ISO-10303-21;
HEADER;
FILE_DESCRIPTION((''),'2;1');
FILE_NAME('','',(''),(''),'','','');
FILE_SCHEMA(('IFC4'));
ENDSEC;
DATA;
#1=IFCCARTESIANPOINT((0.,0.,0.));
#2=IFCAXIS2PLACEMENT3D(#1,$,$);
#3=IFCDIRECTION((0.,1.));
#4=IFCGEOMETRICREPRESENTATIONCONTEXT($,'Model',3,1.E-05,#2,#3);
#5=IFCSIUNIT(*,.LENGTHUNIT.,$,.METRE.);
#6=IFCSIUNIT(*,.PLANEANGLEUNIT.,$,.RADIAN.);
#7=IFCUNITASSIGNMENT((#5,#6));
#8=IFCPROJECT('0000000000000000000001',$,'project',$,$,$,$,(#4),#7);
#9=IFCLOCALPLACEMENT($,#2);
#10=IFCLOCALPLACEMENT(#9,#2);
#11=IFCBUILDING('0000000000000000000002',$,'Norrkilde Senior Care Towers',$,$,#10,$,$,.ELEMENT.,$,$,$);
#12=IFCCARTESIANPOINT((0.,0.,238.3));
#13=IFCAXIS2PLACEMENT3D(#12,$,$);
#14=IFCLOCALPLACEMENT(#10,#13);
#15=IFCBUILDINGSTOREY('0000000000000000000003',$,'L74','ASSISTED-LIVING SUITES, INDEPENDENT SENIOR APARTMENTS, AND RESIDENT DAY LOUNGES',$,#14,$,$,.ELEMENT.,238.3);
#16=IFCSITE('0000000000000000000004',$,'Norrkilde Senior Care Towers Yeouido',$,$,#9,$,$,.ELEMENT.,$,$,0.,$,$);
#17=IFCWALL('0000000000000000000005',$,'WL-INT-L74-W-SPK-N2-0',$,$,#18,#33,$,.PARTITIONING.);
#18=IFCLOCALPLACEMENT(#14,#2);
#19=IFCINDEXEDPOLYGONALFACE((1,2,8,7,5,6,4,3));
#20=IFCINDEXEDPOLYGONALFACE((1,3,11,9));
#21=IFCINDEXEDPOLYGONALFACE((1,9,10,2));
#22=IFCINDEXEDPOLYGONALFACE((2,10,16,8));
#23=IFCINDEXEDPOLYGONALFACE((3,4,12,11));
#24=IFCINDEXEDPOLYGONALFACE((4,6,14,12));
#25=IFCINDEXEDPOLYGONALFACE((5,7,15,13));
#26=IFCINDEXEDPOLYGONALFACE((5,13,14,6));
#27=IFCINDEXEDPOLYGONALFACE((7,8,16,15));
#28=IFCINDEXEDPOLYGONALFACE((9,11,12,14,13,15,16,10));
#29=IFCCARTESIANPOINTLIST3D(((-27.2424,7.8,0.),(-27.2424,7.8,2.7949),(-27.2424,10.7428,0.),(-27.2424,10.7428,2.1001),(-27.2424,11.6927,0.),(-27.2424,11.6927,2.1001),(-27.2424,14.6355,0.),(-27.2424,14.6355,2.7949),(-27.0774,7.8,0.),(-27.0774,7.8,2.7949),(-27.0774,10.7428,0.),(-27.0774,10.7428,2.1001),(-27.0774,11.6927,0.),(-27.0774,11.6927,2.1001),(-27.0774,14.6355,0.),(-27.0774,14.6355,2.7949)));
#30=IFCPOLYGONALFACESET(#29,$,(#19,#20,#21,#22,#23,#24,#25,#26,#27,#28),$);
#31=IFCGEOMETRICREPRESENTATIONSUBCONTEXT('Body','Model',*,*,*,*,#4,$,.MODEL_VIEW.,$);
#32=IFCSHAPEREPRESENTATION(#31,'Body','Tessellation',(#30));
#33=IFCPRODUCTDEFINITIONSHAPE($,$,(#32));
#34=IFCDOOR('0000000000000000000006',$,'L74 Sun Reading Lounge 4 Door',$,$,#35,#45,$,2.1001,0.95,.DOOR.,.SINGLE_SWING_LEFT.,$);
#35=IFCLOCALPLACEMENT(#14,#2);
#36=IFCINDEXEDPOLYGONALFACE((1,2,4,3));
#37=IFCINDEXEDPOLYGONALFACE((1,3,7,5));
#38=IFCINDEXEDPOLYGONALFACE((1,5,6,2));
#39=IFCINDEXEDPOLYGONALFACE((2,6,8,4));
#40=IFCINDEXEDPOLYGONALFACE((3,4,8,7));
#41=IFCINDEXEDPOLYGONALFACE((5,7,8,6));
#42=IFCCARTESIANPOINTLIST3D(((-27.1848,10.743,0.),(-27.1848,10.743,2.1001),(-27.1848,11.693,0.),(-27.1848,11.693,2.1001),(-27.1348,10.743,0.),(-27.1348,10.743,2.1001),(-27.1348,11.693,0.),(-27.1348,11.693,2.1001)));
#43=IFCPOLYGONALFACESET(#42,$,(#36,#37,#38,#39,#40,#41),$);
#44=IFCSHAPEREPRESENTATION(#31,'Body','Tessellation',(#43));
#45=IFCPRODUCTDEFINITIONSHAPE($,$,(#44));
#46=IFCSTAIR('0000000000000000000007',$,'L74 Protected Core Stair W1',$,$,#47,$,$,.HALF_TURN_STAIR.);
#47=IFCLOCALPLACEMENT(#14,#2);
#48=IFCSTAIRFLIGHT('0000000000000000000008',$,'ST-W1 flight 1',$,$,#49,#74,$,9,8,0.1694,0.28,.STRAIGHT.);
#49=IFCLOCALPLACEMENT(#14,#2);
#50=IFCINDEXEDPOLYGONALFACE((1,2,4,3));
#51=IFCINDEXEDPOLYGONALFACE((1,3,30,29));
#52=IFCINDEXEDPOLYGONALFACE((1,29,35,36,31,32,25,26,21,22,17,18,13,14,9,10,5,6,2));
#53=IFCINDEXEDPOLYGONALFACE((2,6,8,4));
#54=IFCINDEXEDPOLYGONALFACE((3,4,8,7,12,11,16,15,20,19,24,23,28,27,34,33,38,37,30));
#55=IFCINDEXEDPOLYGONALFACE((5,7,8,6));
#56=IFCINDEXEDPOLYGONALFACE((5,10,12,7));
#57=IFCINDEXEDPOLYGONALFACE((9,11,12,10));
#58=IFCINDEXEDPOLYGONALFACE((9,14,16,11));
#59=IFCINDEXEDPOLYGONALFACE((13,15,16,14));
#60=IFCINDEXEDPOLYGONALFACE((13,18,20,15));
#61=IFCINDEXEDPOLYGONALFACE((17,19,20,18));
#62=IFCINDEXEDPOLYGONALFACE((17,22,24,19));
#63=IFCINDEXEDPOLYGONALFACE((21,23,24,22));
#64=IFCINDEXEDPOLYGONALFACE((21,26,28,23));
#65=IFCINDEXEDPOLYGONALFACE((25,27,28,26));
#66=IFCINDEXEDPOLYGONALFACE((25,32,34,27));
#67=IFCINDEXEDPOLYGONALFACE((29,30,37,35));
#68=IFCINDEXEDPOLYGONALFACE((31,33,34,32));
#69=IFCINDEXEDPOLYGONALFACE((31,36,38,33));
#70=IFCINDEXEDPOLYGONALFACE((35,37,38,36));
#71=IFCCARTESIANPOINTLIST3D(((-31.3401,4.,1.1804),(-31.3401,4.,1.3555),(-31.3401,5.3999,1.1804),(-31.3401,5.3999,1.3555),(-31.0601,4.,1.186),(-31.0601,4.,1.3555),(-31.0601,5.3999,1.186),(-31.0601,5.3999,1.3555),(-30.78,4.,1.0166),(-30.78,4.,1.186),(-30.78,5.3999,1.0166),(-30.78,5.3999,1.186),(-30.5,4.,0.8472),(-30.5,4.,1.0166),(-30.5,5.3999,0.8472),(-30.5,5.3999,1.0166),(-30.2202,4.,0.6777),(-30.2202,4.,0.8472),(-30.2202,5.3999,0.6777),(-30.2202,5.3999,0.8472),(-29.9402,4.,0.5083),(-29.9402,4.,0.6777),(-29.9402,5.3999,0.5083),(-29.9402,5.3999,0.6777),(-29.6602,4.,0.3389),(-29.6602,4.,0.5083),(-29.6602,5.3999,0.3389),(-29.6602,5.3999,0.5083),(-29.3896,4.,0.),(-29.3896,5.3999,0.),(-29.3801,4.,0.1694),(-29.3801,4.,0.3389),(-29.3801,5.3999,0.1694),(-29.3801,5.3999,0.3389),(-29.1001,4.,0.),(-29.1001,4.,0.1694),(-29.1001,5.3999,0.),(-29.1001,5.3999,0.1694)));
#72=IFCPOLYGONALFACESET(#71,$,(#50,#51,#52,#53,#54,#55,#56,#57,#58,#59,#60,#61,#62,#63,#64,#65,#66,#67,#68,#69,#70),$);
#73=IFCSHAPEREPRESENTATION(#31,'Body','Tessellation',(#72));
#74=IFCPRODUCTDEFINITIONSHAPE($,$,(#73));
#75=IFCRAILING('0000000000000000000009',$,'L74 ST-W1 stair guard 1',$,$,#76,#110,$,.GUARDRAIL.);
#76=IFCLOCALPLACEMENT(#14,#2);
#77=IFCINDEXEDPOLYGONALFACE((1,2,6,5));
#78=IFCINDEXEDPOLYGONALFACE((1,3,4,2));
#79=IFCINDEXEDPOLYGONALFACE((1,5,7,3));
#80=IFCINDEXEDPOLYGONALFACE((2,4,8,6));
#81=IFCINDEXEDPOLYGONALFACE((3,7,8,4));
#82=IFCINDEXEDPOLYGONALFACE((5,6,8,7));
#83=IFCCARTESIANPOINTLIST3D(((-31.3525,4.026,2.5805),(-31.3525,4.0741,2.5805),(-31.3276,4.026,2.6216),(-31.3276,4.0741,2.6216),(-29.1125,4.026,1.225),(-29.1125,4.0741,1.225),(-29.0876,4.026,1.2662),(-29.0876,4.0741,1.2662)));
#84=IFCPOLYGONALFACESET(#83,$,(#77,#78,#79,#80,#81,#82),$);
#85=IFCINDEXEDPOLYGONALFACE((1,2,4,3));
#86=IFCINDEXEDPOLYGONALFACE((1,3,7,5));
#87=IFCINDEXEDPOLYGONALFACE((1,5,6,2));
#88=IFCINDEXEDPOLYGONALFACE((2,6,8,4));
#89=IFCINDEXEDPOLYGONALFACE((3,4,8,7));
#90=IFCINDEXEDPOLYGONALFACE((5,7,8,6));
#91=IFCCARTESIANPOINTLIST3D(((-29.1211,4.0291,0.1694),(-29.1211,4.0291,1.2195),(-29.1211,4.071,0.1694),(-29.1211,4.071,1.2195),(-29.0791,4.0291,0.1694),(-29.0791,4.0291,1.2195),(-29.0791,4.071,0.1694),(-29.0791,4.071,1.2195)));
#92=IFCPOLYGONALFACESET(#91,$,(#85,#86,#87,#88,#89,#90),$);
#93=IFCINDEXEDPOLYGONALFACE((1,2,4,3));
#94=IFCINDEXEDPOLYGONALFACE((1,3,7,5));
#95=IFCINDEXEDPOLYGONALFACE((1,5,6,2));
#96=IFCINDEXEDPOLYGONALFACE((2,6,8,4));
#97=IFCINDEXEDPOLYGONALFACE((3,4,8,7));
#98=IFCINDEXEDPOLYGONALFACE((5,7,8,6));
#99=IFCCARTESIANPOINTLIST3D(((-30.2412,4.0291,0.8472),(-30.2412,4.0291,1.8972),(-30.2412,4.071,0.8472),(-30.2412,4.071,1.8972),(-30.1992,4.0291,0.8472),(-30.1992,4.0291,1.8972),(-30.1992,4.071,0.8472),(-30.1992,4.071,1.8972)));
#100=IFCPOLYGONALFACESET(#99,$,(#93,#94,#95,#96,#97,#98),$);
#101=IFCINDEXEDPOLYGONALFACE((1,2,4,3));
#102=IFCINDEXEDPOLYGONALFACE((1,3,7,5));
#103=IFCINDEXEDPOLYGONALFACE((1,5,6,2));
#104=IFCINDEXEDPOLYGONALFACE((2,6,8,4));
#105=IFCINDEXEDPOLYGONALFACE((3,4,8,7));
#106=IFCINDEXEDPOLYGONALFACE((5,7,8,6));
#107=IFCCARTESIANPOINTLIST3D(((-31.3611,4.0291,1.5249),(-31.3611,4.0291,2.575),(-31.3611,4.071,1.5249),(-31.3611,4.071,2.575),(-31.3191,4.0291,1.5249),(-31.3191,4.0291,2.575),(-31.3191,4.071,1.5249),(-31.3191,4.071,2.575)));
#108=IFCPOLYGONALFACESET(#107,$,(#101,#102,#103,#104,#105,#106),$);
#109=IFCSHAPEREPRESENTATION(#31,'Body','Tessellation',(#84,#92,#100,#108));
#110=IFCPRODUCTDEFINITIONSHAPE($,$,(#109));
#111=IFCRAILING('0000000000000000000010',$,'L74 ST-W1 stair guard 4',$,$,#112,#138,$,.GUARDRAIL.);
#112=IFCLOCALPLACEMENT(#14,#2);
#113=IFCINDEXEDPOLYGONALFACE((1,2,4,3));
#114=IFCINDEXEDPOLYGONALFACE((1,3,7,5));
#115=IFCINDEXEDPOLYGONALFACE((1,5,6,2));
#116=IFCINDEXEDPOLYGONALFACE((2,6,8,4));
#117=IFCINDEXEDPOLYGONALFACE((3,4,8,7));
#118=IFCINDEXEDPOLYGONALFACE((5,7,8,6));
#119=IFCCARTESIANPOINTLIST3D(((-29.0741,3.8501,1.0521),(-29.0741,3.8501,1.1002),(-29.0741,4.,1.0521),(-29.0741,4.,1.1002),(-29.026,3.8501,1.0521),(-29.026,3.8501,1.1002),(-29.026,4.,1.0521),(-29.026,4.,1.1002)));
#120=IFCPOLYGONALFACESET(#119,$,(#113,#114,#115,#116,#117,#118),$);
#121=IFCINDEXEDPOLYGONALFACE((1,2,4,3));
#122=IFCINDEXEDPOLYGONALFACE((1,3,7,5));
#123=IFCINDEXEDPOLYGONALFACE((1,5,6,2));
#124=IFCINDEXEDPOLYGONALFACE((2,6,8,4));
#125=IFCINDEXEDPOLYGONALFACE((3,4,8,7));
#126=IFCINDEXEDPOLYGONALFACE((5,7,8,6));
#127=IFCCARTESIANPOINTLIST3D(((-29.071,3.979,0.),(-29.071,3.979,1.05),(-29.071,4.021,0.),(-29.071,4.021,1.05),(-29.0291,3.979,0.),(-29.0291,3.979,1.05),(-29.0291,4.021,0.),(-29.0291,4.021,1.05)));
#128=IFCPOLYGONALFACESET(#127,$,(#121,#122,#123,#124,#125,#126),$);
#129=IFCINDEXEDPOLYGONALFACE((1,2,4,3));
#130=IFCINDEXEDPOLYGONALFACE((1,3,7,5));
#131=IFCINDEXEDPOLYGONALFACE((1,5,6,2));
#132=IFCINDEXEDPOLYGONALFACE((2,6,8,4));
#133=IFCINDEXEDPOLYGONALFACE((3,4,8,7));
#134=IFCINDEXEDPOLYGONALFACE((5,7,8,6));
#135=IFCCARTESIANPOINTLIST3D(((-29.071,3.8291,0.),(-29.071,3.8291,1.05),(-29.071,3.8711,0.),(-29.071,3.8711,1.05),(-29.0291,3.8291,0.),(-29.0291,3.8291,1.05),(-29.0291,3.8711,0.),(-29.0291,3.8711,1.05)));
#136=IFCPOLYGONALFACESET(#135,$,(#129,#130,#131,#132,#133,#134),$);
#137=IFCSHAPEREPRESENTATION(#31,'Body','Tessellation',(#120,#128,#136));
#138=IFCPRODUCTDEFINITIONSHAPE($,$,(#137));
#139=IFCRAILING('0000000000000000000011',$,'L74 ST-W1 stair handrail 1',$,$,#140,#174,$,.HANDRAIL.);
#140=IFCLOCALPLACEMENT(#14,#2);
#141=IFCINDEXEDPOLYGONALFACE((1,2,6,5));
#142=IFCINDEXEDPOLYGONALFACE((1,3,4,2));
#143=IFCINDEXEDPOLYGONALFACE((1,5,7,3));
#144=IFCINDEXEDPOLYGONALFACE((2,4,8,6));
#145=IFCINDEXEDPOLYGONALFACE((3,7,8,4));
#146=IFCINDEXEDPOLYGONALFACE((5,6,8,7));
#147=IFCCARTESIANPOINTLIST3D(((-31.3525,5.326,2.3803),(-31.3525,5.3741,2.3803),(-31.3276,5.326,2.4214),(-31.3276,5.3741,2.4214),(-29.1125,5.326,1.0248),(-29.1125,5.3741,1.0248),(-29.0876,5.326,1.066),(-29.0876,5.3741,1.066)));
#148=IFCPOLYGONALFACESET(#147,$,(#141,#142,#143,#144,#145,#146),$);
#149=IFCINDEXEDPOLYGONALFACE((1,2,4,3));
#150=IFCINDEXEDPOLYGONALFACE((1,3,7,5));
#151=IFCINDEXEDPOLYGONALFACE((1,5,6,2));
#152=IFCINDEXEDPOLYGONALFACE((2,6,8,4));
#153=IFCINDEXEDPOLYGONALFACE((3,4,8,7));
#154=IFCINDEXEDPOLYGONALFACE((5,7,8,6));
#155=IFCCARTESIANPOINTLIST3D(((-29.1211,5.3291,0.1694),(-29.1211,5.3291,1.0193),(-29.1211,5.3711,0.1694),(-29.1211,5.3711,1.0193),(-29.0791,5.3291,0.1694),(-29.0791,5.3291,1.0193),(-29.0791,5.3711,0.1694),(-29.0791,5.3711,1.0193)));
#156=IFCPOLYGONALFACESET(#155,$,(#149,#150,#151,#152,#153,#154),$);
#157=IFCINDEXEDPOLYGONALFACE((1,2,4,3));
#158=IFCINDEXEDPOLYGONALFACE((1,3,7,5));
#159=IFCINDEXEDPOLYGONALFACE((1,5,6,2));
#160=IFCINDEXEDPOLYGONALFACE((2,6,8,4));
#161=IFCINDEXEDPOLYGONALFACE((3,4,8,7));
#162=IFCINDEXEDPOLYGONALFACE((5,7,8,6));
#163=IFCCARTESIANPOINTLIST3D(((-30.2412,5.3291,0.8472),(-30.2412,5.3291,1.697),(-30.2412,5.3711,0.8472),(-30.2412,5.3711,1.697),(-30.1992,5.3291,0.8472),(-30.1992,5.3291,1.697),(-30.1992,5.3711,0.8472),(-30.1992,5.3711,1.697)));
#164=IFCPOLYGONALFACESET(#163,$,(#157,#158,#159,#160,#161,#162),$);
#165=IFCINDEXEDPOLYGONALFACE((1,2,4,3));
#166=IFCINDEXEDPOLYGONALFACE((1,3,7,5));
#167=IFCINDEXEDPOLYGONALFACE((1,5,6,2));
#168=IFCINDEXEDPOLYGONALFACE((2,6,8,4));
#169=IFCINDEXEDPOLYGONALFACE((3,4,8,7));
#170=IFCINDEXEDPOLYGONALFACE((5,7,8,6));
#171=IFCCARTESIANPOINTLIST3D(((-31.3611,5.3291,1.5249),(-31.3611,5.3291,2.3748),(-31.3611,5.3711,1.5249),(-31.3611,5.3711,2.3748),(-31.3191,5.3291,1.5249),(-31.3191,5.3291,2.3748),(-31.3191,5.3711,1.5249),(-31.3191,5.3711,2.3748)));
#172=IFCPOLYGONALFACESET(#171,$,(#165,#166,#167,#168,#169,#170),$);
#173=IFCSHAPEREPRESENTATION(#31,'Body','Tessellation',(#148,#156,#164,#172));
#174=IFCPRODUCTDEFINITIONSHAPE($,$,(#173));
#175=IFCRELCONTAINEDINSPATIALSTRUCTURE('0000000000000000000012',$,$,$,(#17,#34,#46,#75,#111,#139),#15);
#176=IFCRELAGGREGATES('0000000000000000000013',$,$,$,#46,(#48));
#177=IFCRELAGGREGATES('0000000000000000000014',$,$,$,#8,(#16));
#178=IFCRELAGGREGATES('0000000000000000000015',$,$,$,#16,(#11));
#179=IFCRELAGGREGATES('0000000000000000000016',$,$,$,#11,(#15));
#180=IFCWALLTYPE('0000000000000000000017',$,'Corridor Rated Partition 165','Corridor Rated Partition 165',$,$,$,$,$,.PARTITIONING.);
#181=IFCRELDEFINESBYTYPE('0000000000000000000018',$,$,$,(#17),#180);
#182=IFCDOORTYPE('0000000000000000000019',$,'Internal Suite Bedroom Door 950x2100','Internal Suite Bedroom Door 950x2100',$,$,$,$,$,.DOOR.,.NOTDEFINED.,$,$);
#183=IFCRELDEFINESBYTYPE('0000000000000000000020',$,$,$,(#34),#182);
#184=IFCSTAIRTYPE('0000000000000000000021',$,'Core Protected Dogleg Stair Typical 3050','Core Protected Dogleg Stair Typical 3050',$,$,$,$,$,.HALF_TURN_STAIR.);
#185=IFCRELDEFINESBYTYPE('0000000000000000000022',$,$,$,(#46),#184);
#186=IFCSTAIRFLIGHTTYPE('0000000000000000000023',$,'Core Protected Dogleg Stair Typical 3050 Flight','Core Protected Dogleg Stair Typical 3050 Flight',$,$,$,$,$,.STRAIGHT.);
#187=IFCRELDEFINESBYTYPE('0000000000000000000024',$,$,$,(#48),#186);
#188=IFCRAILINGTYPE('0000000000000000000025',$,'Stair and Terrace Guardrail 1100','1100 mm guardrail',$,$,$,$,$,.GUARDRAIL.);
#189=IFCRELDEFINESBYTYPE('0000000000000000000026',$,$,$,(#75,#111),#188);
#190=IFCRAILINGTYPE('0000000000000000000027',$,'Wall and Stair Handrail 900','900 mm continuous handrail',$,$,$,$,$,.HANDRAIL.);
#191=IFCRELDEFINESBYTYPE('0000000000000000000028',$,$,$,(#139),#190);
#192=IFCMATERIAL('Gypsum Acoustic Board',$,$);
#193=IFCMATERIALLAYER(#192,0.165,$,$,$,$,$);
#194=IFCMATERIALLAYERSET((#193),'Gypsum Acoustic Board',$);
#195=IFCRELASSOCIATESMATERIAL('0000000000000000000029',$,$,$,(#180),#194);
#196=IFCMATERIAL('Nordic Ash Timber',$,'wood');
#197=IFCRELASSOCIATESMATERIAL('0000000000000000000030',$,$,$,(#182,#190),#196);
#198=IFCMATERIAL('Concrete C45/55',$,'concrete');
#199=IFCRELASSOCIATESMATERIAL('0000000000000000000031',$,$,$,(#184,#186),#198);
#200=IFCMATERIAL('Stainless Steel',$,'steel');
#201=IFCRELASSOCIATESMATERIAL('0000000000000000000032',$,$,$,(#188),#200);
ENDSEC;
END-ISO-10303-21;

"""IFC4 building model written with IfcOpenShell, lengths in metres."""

from ifc_helpers import new_model, si_unit, direction, frame, frame_2d, origin, origin_2d, place, context, subcontext, project, spatial, polyline, rectangle, outline, extrude, source, transform, mapped, material, layer, layer_set, type_object, type_shapes, element, fill, aggregate, save


model = new_model("IFC4")

# Units and contexts
model_context = context("Model", 3, precision=1e-05, world=origin(), true_north=direction((0.0, 1.0)))
body_context = subcontext(model_context, "Body", "Model", "MODEL_VIEW")
ifc_project = project(units=[si_unit("LENGTHUNIT", "METRE"), si_unit("PLANEANGLEUNIT", "RADIAN")], contexts=[model_context])

# Site, building, storey
site_placement = place(None, origin())
site = spatial("IfcSite", under=ifc_project, at=site_placement, Name="Norrkilde Senior Care Towers Yeouido", CompositionType="ELEMENT", RefElevation=0.0)
building_placement = place(site_placement, origin())
building = spatial("IfcBuilding", under=site, at=building_placement, Name="Norrkilde Senior Care Towers", CompositionType="ELEMENT")
storey_placement = place(building_placement, frame((0.0, 0.0, 238.3)))
storey = spatial("IfcBuildingStorey", under=building, at=storey_placement, Name="L74", Description="ASSISTED-LIVING SUITES, INDEPENDENT SENIOR APARTMENTS, AND RESIDENT DAY LOUNGES", CompositionType="ELEMENT", Elevation=238.3)

# Shared definitions
ifc_material_1 = material(Name="Concrete C45/55", Category="concrete")
ifc_material_2 = material(Name="Stainless Steel", Category="steel")

# Shared definitions
ifc_material_3 = material(Name="Gypsum Acoustic Board")
ifc_layer_1 = layer(ifc_material_3, 0.165)
ifc_layer_set_1 = layer_set([ifc_layer_1], Name="Gypsum Acoustic Board")
wall_type_1 = type_object("IfcWallType", Name="Corridor Rated Partition 165", Description="Corridor Rated Partition 165", PredefinedType="PARTITIONING", material=ifc_layer_set_1)
ifc_material_4 = material(Name="Nordic Ash Timber", Category="wood")

# Wall, opening, door
shared_shape_1 = source(origin(), body_context, "Body", "SweptSolid", [
    extrude(rectangle(XDim=6.8354, YDim=0.165, at=frame_2d((3.4177, 0.0))), origin(), (0.0, 0.0, 1.0), 2.7949),
])
door_type_1 = type_object("IfcDoorType", Name="Internal Suite Bedroom Door 950x2100", Description="Internal Suite Bedroom Door 950x2100", OperationType="NOTDEFINED", PredefinedType="DOOR", material=ifc_material_4)
shared_shape_2 = source(origin(), body_context, "Body", "SweptSolid", [
    extrude(rectangle(XDim=0.95, YDim=2.1001, at=frame_2d((0.4751, 1.05))), frame((0.0, 0.0249, 0.0), z_axis=(0.0, -1.0, 0.0), x_axis=(1.0, 0.0, 0.0)), (0.0, 0.0, 1.0), 0.05),
])
type_shapes(door_type_1, [shared_shape_2])
wall_1_placement = place(storey_placement, frame((-27.1599, 14.6355, 0.0), z_axis=(0.0, 0.0, 1.0), x_axis=(0.0, -1.0, 0.0)))
wall_1 = element("IfcWall", 1, at=wall_1_placement, inside=storey, type_object=wall_type_1, Name="WL-INT-L74-W-SPK-N2-0", PredefinedType="PARTITIONING", context=body_context, shape_type="MappedRepresentation", body=[
    mapped(shared_shape_1, transform((0.0, 0.0, 0.0), x_axis=(1.0, 0.0, 0.0), y_axis=(0.0, 1.0, 0.0), z_axis=(0.0, 0.0, 1.0), scale=1.0)),
])
opening_1_placement = place(wall_1_placement, frame((2.9426, 0.0, 0.0)))
opening_1 = element("IfcOpeningElement", 2, at=opening_1_placement, cuts=wall_1, PredefinedType="OPENING", context=body_context, shape_type="SweptSolid", body=[
    extrude(rectangle(XDim=0.95, YDim=2.1001, at=frame_2d((0.4751, 1.05))), frame((0.0, 0.0925, 0.0), z_axis=(0.0, -1.0, 0.0), x_axis=(1.0, 0.0, 0.0)), (0.0, 0.0, 1.0), 0.1851),
])
door_1_placement = place(opening_1_placement, frame((0.95, 0.0, 0.0), z_axis=(0.0, 0.0, 1.0), x_axis=(-1.0, 0.0, 0.0)))
door_1 = element("IfcDoor", 3, at=door_1_placement, inside=storey, type_object=door_type_1, Name="L74 Sun Reading Lounge 4 Door", OperationType="SINGLE_SWING_LEFT", OverallHeight=2.1001, OverallWidth=0.95, PredefinedType="DOOR", context=body_context, shape_type="MappedRepresentation", body=[
    mapped(shared_shape_2, transform((0.0, 0.0, 0.0), x_axis=(1.0, 0.0, 0.0), y_axis=(0.0, 1.0, 0.0), z_axis=(0.0, 0.0, 1.0), scale=1.0)),
])
fill(opening_1, door_1)

# Stair, stair flight
stair_type = type_object("IfcStairType", Name="Core Protected Dogleg Stair Typical 3050", Description="Core Protected Dogleg Stair Typical 3050", PredefinedType="HALF_TURN_STAIR", material=ifc_material_1)
stair_placement = place(storey_placement, origin())
stair = element("IfcStair", 4, at=stair_placement, inside=storey, type_object=stair_type, Name="L74 Protected Core Stair W1", PredefinedType="HALF_TURN_STAIR")
stair_flight_type = type_object("IfcStairFlightType", Name="Core Protected Dogleg Stair Typical 3050 Flight", Description="Core Protected Dogleg Stair Typical 3050 Flight", PredefinedType="STRAIGHT", material=ifc_material_1)
stair_flight_placement = place(storey_placement, frame((-29.1001, 4.7, 0.0), z_axis=(0.0, 0.0, 1.0), x_axis=(-1.0, 0.0, 0.0)))
stair_flight = element("IfcStairFlight", 5, at=stair_flight_placement, type_object=stair_flight_type, Name="ST-W1 flight 1", NumberOfRisers=9, NumberOfTreads=8, PredefinedType="STRAIGHT", RiserHeight=0.1694, TreadLength=0.28, context=body_context, shape_type="SweptSolid", body=[
    extrude(outline(polyline([(0.0, 0.0), (0.0, 0.1694), (0.28, 0.1694), (0.28, 0.3389), (0.5601, 0.3389), (0.5601, 0.5083), (0.8401, 0.5083), (0.8401, 0.6777), (1.1201, 0.6777), (1.1201, 0.8472), (1.3999, 0.8472), (1.3999, 1.0166), (1.6799, 1.0166), (1.6799, 1.186), (1.96, 1.186), (1.96, 1.3555), (2.24, 1.3555), (2.24, 1.5249), (2.24, 1.1804), (0.2896, 0.0), (0.0, 0.0)])), frame((0.0, 0.7, 0.0), z_axis=(0.0, -1.0, 0.0), x_axis=(1.0, 0.0, 0.0)), (0.0, 0.0, 1.0), 1.3999),
])
aggregate(stair, [stair_flight])

# Railings
railing_type_1 = type_object("IfcRailingType", Name="Stair and Terrace Guardrail 1100", Description="1100 mm guardrail", PredefinedType="GUARDRAIL", material=ifc_material_2)
railing_1_placement = place(storey_placement, frame((-29.1001, 4.05, 0.1694)))
element("IfcRailing", 6, at=railing_1_placement, inside=storey, type_object=railing_type_1, Name="L74 ST-W1 stair guard 1", PredefinedType="GUARDRAIL", context=body_context, shape_type="SweptSolid", body=[
    extrude(rectangle(XDim=0.0481, YDim=0.0481, at=origin_2d()), frame((0.0, 0.0, 1.0762), z_axis=(-0.855553, 0.0, 0.517715), x_axis=(0.0, -1.0, 0.0)), (0.0, 0.0, 1.0), 2.6182),
    extrude(rectangle(XDim=0.042, YDim=0.042, at=origin_2d()), origin(), (0.0, 0.0, 1.0), 1.05),
    extrude(rectangle(XDim=0.042, YDim=0.042, at=origin_2d()), frame((-1.1201, 0.0, 0.6777)), (0.0, 0.0, 1.0), 1.05),
    extrude(rectangle(XDim=0.042, YDim=0.042, at=origin_2d()), frame((-2.24, 0.0, 1.3555)), (0.0, 0.0, 1.0), 1.05),
])
railing_2_placement = place(storey_placement, frame((-29.05, 4.0, 0.0)))
element("IfcRailing", 7, at=railing_2_placement, inside=storey, type_object=railing_type_1, Name="L74 ST-W1 stair guard 4", PredefinedType="GUARDRAIL", context=body_context, shape_type="SweptSolid", body=[
    extrude(rectangle(XDim=0.0481, YDim=0.0481, at=origin_2d()), frame((0.0, 0.0, 1.0762), z_axis=(0.0, -1.0, 0.0), x_axis=(1.0, 0.0, 0.0)), (0.0, 0.0, 1.0), 0.1499),
    extrude(rectangle(XDim=0.042, YDim=0.042, at=origin_2d()), origin(), (0.0, 0.0, 1.0), 1.05),
    extrude(rectangle(XDim=0.042, YDim=0.042, at=origin_2d()), frame((0.0, -0.1499, 0.0)), (0.0, 0.0, 1.0), 1.05),
])
railing_type_2 = type_object("IfcRailingType", Name="Wall and Stair Handrail 900", Description="900 mm continuous handrail", PredefinedType="HANDRAIL", material=ifc_material_4)
railing_3_placement = place(storey_placement, frame((-29.1001, 5.3501, 0.1694)))
element("IfcRailing", 8, at=railing_3_placement, inside=storey, type_object=railing_type_2, Name="L74 ST-W1 stair handrail 1", PredefinedType="HANDRAIL", context=body_context, shape_type="SweptSolid", body=[
    extrude(rectangle(XDim=0.0481, YDim=0.0481, at=origin_2d()), frame((0.0, 0.0, 0.876), z_axis=(-0.855553, 0.0, 0.517715), x_axis=(0.0, -1.0, 0.0)), (0.0, 0.0, 1.0), 2.6182),
    extrude(rectangle(XDim=0.042, YDim=0.042, at=origin_2d()), origin(), (0.0, 0.0, 1.0), 0.8499),
    extrude(rectangle(XDim=0.042, YDim=0.042, at=origin_2d()), frame((-1.1201, 0.0, 0.6777)), (0.0, 0.0, 1.0), 0.8499),
    extrude(rectangle(XDim=0.042, YDim=0.042, at=origin_2d()), frame((-2.24, 0.0, 1.3555)), (0.0, 0.0, 1.0), 0.8499),
])

save(model, "model.ifc")
